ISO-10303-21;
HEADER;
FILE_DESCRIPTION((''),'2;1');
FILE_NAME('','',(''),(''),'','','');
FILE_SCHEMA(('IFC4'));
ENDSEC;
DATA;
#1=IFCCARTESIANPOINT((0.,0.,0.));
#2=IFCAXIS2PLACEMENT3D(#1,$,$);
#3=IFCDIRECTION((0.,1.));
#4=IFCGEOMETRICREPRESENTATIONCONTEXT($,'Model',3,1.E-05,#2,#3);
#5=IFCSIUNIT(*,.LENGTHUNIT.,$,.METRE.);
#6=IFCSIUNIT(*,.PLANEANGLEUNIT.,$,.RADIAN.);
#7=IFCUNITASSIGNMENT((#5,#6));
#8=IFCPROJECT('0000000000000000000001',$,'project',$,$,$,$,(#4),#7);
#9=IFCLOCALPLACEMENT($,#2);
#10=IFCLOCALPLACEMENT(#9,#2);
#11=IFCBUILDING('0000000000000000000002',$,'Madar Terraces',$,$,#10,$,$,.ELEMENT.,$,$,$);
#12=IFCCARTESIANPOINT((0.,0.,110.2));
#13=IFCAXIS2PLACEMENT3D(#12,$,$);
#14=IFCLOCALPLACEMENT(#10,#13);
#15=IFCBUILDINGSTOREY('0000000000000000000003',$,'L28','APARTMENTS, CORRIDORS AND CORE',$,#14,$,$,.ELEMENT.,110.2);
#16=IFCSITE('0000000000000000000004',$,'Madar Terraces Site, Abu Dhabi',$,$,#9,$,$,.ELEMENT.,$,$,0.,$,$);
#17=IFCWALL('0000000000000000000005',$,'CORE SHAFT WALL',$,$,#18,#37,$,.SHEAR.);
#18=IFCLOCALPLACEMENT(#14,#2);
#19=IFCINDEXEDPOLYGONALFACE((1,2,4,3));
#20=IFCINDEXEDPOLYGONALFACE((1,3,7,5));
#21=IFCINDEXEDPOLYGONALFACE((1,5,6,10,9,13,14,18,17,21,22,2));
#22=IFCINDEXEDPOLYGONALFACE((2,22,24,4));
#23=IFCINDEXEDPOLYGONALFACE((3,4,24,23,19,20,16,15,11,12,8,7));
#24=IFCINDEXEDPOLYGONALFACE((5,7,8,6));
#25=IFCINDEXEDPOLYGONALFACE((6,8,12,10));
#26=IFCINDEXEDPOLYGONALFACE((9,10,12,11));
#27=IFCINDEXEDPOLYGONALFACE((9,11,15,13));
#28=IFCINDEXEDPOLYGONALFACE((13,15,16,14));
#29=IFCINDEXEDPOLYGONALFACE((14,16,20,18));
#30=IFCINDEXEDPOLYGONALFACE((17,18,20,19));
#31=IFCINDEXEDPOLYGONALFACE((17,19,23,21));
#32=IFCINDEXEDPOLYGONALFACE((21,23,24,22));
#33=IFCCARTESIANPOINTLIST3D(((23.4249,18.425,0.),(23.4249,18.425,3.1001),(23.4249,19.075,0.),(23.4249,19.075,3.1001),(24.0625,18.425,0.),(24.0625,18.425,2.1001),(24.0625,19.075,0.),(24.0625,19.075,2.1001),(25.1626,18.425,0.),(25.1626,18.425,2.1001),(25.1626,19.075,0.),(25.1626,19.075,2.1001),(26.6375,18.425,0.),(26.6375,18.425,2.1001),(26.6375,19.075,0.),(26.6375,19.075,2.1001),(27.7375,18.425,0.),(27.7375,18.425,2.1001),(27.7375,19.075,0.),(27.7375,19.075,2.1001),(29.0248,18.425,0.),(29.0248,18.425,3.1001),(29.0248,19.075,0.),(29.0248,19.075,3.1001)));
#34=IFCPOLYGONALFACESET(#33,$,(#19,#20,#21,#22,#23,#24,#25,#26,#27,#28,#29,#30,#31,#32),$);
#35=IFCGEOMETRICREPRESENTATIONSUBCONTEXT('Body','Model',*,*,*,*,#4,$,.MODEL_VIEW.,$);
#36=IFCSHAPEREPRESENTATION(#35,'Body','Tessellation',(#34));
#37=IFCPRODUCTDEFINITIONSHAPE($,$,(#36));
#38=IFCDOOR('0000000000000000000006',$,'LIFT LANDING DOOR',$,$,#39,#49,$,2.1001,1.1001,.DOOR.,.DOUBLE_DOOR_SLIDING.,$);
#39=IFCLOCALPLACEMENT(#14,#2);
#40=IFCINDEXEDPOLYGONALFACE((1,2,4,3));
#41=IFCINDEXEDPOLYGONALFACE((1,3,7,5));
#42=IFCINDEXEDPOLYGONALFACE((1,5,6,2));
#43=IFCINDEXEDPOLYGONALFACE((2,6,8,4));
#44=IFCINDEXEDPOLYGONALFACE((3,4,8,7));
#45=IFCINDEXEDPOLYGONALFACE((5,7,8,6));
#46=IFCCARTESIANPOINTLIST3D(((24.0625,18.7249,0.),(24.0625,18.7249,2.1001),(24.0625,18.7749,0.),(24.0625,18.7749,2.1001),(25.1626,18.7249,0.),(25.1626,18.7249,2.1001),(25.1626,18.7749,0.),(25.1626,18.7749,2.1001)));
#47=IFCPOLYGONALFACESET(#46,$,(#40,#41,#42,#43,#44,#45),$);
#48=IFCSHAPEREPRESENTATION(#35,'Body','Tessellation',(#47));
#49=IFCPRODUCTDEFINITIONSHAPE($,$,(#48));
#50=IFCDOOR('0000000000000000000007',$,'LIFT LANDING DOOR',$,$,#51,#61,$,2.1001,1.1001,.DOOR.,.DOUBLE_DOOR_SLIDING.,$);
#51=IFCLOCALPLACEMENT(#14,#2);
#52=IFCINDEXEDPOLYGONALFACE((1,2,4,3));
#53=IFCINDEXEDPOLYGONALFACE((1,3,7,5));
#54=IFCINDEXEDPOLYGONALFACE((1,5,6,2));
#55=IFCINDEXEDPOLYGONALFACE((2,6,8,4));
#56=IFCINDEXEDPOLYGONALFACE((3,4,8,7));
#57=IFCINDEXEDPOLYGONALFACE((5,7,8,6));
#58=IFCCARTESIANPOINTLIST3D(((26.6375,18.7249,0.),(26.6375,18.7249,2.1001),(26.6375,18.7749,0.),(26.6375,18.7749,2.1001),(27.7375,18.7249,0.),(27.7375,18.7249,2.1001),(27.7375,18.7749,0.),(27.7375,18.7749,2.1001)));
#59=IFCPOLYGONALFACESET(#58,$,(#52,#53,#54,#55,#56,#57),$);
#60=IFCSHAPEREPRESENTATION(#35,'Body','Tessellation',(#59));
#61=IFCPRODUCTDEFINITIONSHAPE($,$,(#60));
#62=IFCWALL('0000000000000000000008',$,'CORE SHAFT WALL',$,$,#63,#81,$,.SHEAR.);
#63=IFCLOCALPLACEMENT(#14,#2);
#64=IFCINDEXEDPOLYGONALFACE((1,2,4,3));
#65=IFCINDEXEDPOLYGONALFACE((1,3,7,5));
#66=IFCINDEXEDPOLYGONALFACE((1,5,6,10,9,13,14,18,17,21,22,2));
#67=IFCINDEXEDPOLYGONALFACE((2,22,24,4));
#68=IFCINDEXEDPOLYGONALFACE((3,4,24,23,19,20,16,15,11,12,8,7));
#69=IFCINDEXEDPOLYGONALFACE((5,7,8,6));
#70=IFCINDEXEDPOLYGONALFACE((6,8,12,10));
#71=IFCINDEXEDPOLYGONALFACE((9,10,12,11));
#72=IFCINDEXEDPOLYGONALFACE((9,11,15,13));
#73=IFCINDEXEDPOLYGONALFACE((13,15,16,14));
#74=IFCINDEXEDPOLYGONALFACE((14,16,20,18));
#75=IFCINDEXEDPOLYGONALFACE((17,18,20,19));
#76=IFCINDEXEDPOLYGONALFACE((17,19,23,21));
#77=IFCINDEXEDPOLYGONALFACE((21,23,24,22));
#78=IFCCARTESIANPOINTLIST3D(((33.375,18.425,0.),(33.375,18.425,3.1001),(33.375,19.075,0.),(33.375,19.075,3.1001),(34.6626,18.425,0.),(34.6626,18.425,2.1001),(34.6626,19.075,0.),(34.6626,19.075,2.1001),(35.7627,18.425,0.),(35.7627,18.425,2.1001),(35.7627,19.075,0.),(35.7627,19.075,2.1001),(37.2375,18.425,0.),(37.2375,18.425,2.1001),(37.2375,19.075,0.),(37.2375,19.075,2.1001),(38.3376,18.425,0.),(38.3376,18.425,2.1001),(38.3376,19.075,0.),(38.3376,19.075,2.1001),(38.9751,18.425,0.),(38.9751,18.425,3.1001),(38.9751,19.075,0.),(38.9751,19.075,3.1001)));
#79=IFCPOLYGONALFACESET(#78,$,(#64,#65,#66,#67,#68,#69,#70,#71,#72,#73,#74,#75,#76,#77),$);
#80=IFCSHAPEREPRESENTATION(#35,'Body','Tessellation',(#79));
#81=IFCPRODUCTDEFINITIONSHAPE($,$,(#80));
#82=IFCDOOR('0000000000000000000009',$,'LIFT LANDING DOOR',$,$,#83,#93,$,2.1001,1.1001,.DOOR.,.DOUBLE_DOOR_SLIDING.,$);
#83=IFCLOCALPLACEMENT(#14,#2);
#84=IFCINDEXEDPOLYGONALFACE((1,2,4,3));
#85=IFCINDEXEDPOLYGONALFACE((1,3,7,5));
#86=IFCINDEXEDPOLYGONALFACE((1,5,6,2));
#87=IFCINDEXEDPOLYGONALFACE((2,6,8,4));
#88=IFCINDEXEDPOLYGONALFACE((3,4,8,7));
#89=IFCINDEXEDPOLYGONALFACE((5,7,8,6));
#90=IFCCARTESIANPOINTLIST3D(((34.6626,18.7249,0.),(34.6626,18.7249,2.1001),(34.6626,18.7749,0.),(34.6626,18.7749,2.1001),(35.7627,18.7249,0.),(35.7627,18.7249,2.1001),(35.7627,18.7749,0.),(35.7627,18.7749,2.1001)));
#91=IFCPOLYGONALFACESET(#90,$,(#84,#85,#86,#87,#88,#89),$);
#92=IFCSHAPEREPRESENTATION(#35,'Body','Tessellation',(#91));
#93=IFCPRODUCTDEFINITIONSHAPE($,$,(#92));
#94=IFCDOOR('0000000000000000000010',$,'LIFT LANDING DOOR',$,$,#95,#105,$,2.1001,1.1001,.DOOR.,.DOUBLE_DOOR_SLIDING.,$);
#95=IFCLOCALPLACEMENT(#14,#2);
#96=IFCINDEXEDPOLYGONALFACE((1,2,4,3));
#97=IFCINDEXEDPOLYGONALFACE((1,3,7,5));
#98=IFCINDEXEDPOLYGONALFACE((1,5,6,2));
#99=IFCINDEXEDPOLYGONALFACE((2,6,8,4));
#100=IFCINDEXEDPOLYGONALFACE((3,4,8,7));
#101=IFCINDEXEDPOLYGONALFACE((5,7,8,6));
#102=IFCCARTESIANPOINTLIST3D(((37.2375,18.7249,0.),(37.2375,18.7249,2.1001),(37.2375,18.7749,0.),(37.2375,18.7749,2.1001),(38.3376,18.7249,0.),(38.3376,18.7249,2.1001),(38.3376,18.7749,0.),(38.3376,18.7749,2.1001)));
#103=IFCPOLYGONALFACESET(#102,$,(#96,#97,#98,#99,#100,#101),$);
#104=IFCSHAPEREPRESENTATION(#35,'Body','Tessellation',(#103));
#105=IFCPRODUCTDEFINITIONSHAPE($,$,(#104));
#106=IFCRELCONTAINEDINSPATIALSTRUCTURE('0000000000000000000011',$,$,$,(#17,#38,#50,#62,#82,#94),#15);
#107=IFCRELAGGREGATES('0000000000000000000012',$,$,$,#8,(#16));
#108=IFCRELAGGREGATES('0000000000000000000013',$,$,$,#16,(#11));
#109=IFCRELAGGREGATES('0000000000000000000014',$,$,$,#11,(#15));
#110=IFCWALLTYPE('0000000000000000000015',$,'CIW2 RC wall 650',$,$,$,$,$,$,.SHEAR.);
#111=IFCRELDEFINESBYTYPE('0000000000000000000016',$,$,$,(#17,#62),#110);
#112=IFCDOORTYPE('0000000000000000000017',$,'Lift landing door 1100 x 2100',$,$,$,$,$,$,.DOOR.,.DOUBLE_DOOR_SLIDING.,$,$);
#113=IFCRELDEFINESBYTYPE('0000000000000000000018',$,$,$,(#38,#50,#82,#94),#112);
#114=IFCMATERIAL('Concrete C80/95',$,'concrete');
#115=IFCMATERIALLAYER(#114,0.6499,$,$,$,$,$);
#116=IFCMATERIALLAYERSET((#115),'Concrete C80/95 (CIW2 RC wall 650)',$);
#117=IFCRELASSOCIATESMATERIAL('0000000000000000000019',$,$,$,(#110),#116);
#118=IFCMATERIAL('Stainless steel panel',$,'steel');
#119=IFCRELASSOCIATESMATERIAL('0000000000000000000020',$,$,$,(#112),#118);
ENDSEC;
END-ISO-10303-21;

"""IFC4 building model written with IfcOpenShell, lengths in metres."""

from ifc_helpers import new_model, si_unit, direction, frame, frame_2d, origin, place, context, subcontext, project, spatial, rectangle, extrude, material, layer, layer_set, type_object, element, fill, save


model = new_model("IFC4")

# Units and contexts
model_context = context("Model", 3, precision=1e-05, world=origin(), true_north=direction((0.0, 1.0)))
body_context = subcontext(model_context, "Body", "Model", "MODEL_VIEW")
ifc_project = project(units=[si_unit("LENGTHUNIT", "METRE"), si_unit("PLANEANGLEUNIT", "RADIAN")], contexts=[model_context])

# Site, building, storey
site_placement = place(None, origin())
site = spatial("IfcSite", under=ifc_project, at=site_placement, Name="Madar Terraces Site, Abu Dhabi", CompositionType="ELEMENT", RefElevation=0.0)
building_placement = place(site_placement, origin())
building = spatial("IfcBuilding", under=site, at=building_placement, Name="Madar Terraces", CompositionType="ELEMENT")
storey_placement = place(building_placement, frame((0.0, 0.0, 110.2)))
storey = spatial("IfcBuildingStorey", under=building, at=storey_placement, Name="L28", Description="APARTMENTS, CORRIDORS AND CORE", CompositionType="ELEMENT", Elevation=110.2)

# Walls, openings, doors
ifc_material_1 = material(Name="Concrete C80/95", Category="concrete")
ifc_layer_1 = layer(ifc_material_1, 0.6499)
ifc_layer_set_1 = layer_set([ifc_layer_1], Name="Concrete C80/95 (CIW2 RC wall 650)")
wall_type_1 = type_object("IfcWallType", Name="CIW2 RC wall 650", PredefinedType="SHEAR", material=ifc_layer_set_1)
wall_1_placement = place(storey_placement, frame((23.425, 18.75, 0.0), z_axis=(0.0, 0.0, 1.0), x_axis=(1.0, 0.0, 0.0)))
wall_1 = element("IfcWall", 1, at=wall_1_placement, inside=storey, type_object=wall_type_1, Name="CORE SHAFT WALL", PredefinedType="SHEAR", context=body_context, shape_type="SweptSolid", body=[
    extrude(rectangle(XDim=5.5999, YDim=0.6499, at=frame_2d((2.7998, 0.0))), origin(), (0.0, 0.0, 1.0), 3.1001),
])
opening_1_placement = place(wall_1_placement, frame((0.6375, 0.0, 0.0)))
opening_1 = element("IfcOpeningElement", 2, at=opening_1_placement, cuts=wall_1, PredefinedType="OPENING", context=body_context, shape_type="SweptSolid", body=[
    extrude(rectangle(XDim=1.1001, YDim=2.1001, at=frame_2d((0.55, 1.05))), frame((0.0, 0.335, 0.0), z_axis=(0.0, -1.0, 0.0), x_axis=(1.0, 0.0, 0.0)), (0.0, 0.0, 1.0), 0.6699),
])
opening_2_placement = place(wall_1_placement, frame((3.2124, 0.0, 0.0)))
opening_2 = element("IfcOpeningElement", 3, at=opening_2_placement, cuts=wall_1, PredefinedType="OPENING", context=body_context, shape_type="SweptSolid", body=[
    extrude(rectangle(XDim=1.1001, YDim=2.1001, at=frame_2d((0.55, 1.05))), frame((0.0, 0.335, 0.0), z_axis=(0.0, -1.0, 0.0), x_axis=(1.0, 0.0, 0.0)), (0.0, 0.0, 1.0), 0.6699),
])
ifc_material_2 = material(Name="Stainless steel panel", Category="steel")
door_type_1 = type_object("IfcDoorType", Name="Lift landing door 1100 x 2100", OperationType="DOUBLE_DOOR_SLIDING", PredefinedType="DOOR", material=ifc_material_2)
door_1_placement = place(opening_1_placement, origin())
door_1 = element("IfcDoor", 4, at=door_1_placement, inside=storey, type_object=door_type_1, Name="LIFT LANDING DOOR", OperationType="DOUBLE_DOOR_SLIDING", OverallHeight=2.1001, OverallWidth=1.1001, PredefinedType="DOOR", context=body_context, shape_type="SweptSolid", body=[
    extrude(rectangle(XDim=1.1001, YDim=2.1001, at=frame_2d((0.55, 1.05))), frame((0.0, 0.0249, 0.0), z_axis=(0.0, -1.0, 0.0), x_axis=(1.0, 0.0, 0.0)), (0.0, 0.0, 1.0), 0.05),
])
fill(opening_1, door_1)
door_2_placement = place(opening_2_placement, origin())
door_2 = element("IfcDoor", 5, at=door_2_placement, inside=storey, type_object=door_type_1, Name="LIFT LANDING DOOR", OperationType="DOUBLE_DOOR_SLIDING", OverallHeight=2.1001, OverallWidth=1.1001, PredefinedType="DOOR", context=body_context, shape_type="SweptSolid", body=[
    extrude(rectangle(XDim=1.1001, YDim=2.1001, at=frame_2d((0.55, 1.05))), frame((0.0, 0.0249, 0.0), z_axis=(0.0, -1.0, 0.0), x_axis=(1.0, 0.0, 0.0)), (0.0, 0.0, 1.0), 0.05),
])
fill(opening_2, door_2)
wall_2_placement = place(storey_placement, frame((33.375, 18.75, 0.0), z_axis=(0.0, 0.0, 1.0), x_axis=(1.0, 0.0, 0.0)))
wall_2 = element("IfcWall", 6, at=wall_2_placement, inside=storey, type_object=wall_type_1, Name="CORE SHAFT WALL", PredefinedType="SHEAR", context=body_context, shape_type="SweptSolid", body=[
    extrude(rectangle(XDim=5.6001, YDim=0.6499, at=frame_2d((2.8, 0.0))), origin(), (0.0, 0.0, 1.0), 3.1001),
])
opening_3_placement = place(wall_2_placement, frame((1.2876, 0.0, 0.0)))
opening_3 = element("IfcOpeningElement", 7, at=opening_3_placement, cuts=wall_2, PredefinedType="OPENING", context=body_context, shape_type="SweptSolid", body=[
    extrude(rectangle(XDim=1.1001, YDim=2.1001, at=frame_2d((0.55, 1.05))), frame((0.0, 0.335, 0.0), z_axis=(0.0, -1.0, 0.0), x_axis=(1.0, 0.0, 0.0)), (0.0, 0.0, 1.0), 0.6699),
])
opening_4_placement = place(wall_2_placement, frame((3.8625, 0.0, 0.0)))
opening_4 = element("IfcOpeningElement", 8, at=opening_4_placement, cuts=wall_2, PredefinedType="OPENING", context=body_context, shape_type="SweptSolid", body=[
    extrude(rectangle(XDim=1.1001, YDim=2.1001, at=frame_2d((0.55, 1.05))), frame((0.0, 0.335, 0.0), z_axis=(0.0, -1.0, 0.0), x_axis=(1.0, 0.0, 0.0)), (0.0, 0.0, 1.0), 0.6699),
])
door_3_placement = place(opening_3_placement, origin())
door_3 = element("IfcDoor", 9, at=door_3_placement, inside=storey, type_object=door_type_1, Name="LIFT LANDING DOOR", OperationType="DOUBLE_DOOR_SLIDING", OverallHeight=2.1001, OverallWidth=1.1001, PredefinedType="DOOR", context=body_context, shape_type="SweptSolid", body=[
    extrude(rectangle(XDim=1.1001, YDim=2.1001, at=frame_2d((0.55, 1.05))), frame((0.0, 0.0249, 0.0), z_axis=(0.0, -1.0, 0.0), x_axis=(1.0, 0.0, 0.0)), (0.0, 0.0, 1.0), 0.05),
])
fill(opening_3, door_3)
door_4_placement = place(opening_4_placement, origin())
door_4 = element("IfcDoor", 10, at=door_4_placement, inside=storey, type_object=door_type_1, Name="LIFT LANDING DOOR", OperationType="DOUBLE_DOOR_SLIDING", OverallHeight=2.1001, OverallWidth=1.1001, PredefinedType="DOOR", context=body_context, shape_type="SweptSolid", body=[
    extrude(rectangle(XDim=1.1001, YDim=2.1001, at=frame_2d((0.55, 1.05))), frame((0.0, 0.0249, 0.0), z_axis=(0.0, -1.0, 0.0), x_axis=(1.0, 0.0, 0.0)), (0.0, 0.0, 1.0), 0.05),
])
fill(opening_4, door_4)

save(model, "model.ifc")
